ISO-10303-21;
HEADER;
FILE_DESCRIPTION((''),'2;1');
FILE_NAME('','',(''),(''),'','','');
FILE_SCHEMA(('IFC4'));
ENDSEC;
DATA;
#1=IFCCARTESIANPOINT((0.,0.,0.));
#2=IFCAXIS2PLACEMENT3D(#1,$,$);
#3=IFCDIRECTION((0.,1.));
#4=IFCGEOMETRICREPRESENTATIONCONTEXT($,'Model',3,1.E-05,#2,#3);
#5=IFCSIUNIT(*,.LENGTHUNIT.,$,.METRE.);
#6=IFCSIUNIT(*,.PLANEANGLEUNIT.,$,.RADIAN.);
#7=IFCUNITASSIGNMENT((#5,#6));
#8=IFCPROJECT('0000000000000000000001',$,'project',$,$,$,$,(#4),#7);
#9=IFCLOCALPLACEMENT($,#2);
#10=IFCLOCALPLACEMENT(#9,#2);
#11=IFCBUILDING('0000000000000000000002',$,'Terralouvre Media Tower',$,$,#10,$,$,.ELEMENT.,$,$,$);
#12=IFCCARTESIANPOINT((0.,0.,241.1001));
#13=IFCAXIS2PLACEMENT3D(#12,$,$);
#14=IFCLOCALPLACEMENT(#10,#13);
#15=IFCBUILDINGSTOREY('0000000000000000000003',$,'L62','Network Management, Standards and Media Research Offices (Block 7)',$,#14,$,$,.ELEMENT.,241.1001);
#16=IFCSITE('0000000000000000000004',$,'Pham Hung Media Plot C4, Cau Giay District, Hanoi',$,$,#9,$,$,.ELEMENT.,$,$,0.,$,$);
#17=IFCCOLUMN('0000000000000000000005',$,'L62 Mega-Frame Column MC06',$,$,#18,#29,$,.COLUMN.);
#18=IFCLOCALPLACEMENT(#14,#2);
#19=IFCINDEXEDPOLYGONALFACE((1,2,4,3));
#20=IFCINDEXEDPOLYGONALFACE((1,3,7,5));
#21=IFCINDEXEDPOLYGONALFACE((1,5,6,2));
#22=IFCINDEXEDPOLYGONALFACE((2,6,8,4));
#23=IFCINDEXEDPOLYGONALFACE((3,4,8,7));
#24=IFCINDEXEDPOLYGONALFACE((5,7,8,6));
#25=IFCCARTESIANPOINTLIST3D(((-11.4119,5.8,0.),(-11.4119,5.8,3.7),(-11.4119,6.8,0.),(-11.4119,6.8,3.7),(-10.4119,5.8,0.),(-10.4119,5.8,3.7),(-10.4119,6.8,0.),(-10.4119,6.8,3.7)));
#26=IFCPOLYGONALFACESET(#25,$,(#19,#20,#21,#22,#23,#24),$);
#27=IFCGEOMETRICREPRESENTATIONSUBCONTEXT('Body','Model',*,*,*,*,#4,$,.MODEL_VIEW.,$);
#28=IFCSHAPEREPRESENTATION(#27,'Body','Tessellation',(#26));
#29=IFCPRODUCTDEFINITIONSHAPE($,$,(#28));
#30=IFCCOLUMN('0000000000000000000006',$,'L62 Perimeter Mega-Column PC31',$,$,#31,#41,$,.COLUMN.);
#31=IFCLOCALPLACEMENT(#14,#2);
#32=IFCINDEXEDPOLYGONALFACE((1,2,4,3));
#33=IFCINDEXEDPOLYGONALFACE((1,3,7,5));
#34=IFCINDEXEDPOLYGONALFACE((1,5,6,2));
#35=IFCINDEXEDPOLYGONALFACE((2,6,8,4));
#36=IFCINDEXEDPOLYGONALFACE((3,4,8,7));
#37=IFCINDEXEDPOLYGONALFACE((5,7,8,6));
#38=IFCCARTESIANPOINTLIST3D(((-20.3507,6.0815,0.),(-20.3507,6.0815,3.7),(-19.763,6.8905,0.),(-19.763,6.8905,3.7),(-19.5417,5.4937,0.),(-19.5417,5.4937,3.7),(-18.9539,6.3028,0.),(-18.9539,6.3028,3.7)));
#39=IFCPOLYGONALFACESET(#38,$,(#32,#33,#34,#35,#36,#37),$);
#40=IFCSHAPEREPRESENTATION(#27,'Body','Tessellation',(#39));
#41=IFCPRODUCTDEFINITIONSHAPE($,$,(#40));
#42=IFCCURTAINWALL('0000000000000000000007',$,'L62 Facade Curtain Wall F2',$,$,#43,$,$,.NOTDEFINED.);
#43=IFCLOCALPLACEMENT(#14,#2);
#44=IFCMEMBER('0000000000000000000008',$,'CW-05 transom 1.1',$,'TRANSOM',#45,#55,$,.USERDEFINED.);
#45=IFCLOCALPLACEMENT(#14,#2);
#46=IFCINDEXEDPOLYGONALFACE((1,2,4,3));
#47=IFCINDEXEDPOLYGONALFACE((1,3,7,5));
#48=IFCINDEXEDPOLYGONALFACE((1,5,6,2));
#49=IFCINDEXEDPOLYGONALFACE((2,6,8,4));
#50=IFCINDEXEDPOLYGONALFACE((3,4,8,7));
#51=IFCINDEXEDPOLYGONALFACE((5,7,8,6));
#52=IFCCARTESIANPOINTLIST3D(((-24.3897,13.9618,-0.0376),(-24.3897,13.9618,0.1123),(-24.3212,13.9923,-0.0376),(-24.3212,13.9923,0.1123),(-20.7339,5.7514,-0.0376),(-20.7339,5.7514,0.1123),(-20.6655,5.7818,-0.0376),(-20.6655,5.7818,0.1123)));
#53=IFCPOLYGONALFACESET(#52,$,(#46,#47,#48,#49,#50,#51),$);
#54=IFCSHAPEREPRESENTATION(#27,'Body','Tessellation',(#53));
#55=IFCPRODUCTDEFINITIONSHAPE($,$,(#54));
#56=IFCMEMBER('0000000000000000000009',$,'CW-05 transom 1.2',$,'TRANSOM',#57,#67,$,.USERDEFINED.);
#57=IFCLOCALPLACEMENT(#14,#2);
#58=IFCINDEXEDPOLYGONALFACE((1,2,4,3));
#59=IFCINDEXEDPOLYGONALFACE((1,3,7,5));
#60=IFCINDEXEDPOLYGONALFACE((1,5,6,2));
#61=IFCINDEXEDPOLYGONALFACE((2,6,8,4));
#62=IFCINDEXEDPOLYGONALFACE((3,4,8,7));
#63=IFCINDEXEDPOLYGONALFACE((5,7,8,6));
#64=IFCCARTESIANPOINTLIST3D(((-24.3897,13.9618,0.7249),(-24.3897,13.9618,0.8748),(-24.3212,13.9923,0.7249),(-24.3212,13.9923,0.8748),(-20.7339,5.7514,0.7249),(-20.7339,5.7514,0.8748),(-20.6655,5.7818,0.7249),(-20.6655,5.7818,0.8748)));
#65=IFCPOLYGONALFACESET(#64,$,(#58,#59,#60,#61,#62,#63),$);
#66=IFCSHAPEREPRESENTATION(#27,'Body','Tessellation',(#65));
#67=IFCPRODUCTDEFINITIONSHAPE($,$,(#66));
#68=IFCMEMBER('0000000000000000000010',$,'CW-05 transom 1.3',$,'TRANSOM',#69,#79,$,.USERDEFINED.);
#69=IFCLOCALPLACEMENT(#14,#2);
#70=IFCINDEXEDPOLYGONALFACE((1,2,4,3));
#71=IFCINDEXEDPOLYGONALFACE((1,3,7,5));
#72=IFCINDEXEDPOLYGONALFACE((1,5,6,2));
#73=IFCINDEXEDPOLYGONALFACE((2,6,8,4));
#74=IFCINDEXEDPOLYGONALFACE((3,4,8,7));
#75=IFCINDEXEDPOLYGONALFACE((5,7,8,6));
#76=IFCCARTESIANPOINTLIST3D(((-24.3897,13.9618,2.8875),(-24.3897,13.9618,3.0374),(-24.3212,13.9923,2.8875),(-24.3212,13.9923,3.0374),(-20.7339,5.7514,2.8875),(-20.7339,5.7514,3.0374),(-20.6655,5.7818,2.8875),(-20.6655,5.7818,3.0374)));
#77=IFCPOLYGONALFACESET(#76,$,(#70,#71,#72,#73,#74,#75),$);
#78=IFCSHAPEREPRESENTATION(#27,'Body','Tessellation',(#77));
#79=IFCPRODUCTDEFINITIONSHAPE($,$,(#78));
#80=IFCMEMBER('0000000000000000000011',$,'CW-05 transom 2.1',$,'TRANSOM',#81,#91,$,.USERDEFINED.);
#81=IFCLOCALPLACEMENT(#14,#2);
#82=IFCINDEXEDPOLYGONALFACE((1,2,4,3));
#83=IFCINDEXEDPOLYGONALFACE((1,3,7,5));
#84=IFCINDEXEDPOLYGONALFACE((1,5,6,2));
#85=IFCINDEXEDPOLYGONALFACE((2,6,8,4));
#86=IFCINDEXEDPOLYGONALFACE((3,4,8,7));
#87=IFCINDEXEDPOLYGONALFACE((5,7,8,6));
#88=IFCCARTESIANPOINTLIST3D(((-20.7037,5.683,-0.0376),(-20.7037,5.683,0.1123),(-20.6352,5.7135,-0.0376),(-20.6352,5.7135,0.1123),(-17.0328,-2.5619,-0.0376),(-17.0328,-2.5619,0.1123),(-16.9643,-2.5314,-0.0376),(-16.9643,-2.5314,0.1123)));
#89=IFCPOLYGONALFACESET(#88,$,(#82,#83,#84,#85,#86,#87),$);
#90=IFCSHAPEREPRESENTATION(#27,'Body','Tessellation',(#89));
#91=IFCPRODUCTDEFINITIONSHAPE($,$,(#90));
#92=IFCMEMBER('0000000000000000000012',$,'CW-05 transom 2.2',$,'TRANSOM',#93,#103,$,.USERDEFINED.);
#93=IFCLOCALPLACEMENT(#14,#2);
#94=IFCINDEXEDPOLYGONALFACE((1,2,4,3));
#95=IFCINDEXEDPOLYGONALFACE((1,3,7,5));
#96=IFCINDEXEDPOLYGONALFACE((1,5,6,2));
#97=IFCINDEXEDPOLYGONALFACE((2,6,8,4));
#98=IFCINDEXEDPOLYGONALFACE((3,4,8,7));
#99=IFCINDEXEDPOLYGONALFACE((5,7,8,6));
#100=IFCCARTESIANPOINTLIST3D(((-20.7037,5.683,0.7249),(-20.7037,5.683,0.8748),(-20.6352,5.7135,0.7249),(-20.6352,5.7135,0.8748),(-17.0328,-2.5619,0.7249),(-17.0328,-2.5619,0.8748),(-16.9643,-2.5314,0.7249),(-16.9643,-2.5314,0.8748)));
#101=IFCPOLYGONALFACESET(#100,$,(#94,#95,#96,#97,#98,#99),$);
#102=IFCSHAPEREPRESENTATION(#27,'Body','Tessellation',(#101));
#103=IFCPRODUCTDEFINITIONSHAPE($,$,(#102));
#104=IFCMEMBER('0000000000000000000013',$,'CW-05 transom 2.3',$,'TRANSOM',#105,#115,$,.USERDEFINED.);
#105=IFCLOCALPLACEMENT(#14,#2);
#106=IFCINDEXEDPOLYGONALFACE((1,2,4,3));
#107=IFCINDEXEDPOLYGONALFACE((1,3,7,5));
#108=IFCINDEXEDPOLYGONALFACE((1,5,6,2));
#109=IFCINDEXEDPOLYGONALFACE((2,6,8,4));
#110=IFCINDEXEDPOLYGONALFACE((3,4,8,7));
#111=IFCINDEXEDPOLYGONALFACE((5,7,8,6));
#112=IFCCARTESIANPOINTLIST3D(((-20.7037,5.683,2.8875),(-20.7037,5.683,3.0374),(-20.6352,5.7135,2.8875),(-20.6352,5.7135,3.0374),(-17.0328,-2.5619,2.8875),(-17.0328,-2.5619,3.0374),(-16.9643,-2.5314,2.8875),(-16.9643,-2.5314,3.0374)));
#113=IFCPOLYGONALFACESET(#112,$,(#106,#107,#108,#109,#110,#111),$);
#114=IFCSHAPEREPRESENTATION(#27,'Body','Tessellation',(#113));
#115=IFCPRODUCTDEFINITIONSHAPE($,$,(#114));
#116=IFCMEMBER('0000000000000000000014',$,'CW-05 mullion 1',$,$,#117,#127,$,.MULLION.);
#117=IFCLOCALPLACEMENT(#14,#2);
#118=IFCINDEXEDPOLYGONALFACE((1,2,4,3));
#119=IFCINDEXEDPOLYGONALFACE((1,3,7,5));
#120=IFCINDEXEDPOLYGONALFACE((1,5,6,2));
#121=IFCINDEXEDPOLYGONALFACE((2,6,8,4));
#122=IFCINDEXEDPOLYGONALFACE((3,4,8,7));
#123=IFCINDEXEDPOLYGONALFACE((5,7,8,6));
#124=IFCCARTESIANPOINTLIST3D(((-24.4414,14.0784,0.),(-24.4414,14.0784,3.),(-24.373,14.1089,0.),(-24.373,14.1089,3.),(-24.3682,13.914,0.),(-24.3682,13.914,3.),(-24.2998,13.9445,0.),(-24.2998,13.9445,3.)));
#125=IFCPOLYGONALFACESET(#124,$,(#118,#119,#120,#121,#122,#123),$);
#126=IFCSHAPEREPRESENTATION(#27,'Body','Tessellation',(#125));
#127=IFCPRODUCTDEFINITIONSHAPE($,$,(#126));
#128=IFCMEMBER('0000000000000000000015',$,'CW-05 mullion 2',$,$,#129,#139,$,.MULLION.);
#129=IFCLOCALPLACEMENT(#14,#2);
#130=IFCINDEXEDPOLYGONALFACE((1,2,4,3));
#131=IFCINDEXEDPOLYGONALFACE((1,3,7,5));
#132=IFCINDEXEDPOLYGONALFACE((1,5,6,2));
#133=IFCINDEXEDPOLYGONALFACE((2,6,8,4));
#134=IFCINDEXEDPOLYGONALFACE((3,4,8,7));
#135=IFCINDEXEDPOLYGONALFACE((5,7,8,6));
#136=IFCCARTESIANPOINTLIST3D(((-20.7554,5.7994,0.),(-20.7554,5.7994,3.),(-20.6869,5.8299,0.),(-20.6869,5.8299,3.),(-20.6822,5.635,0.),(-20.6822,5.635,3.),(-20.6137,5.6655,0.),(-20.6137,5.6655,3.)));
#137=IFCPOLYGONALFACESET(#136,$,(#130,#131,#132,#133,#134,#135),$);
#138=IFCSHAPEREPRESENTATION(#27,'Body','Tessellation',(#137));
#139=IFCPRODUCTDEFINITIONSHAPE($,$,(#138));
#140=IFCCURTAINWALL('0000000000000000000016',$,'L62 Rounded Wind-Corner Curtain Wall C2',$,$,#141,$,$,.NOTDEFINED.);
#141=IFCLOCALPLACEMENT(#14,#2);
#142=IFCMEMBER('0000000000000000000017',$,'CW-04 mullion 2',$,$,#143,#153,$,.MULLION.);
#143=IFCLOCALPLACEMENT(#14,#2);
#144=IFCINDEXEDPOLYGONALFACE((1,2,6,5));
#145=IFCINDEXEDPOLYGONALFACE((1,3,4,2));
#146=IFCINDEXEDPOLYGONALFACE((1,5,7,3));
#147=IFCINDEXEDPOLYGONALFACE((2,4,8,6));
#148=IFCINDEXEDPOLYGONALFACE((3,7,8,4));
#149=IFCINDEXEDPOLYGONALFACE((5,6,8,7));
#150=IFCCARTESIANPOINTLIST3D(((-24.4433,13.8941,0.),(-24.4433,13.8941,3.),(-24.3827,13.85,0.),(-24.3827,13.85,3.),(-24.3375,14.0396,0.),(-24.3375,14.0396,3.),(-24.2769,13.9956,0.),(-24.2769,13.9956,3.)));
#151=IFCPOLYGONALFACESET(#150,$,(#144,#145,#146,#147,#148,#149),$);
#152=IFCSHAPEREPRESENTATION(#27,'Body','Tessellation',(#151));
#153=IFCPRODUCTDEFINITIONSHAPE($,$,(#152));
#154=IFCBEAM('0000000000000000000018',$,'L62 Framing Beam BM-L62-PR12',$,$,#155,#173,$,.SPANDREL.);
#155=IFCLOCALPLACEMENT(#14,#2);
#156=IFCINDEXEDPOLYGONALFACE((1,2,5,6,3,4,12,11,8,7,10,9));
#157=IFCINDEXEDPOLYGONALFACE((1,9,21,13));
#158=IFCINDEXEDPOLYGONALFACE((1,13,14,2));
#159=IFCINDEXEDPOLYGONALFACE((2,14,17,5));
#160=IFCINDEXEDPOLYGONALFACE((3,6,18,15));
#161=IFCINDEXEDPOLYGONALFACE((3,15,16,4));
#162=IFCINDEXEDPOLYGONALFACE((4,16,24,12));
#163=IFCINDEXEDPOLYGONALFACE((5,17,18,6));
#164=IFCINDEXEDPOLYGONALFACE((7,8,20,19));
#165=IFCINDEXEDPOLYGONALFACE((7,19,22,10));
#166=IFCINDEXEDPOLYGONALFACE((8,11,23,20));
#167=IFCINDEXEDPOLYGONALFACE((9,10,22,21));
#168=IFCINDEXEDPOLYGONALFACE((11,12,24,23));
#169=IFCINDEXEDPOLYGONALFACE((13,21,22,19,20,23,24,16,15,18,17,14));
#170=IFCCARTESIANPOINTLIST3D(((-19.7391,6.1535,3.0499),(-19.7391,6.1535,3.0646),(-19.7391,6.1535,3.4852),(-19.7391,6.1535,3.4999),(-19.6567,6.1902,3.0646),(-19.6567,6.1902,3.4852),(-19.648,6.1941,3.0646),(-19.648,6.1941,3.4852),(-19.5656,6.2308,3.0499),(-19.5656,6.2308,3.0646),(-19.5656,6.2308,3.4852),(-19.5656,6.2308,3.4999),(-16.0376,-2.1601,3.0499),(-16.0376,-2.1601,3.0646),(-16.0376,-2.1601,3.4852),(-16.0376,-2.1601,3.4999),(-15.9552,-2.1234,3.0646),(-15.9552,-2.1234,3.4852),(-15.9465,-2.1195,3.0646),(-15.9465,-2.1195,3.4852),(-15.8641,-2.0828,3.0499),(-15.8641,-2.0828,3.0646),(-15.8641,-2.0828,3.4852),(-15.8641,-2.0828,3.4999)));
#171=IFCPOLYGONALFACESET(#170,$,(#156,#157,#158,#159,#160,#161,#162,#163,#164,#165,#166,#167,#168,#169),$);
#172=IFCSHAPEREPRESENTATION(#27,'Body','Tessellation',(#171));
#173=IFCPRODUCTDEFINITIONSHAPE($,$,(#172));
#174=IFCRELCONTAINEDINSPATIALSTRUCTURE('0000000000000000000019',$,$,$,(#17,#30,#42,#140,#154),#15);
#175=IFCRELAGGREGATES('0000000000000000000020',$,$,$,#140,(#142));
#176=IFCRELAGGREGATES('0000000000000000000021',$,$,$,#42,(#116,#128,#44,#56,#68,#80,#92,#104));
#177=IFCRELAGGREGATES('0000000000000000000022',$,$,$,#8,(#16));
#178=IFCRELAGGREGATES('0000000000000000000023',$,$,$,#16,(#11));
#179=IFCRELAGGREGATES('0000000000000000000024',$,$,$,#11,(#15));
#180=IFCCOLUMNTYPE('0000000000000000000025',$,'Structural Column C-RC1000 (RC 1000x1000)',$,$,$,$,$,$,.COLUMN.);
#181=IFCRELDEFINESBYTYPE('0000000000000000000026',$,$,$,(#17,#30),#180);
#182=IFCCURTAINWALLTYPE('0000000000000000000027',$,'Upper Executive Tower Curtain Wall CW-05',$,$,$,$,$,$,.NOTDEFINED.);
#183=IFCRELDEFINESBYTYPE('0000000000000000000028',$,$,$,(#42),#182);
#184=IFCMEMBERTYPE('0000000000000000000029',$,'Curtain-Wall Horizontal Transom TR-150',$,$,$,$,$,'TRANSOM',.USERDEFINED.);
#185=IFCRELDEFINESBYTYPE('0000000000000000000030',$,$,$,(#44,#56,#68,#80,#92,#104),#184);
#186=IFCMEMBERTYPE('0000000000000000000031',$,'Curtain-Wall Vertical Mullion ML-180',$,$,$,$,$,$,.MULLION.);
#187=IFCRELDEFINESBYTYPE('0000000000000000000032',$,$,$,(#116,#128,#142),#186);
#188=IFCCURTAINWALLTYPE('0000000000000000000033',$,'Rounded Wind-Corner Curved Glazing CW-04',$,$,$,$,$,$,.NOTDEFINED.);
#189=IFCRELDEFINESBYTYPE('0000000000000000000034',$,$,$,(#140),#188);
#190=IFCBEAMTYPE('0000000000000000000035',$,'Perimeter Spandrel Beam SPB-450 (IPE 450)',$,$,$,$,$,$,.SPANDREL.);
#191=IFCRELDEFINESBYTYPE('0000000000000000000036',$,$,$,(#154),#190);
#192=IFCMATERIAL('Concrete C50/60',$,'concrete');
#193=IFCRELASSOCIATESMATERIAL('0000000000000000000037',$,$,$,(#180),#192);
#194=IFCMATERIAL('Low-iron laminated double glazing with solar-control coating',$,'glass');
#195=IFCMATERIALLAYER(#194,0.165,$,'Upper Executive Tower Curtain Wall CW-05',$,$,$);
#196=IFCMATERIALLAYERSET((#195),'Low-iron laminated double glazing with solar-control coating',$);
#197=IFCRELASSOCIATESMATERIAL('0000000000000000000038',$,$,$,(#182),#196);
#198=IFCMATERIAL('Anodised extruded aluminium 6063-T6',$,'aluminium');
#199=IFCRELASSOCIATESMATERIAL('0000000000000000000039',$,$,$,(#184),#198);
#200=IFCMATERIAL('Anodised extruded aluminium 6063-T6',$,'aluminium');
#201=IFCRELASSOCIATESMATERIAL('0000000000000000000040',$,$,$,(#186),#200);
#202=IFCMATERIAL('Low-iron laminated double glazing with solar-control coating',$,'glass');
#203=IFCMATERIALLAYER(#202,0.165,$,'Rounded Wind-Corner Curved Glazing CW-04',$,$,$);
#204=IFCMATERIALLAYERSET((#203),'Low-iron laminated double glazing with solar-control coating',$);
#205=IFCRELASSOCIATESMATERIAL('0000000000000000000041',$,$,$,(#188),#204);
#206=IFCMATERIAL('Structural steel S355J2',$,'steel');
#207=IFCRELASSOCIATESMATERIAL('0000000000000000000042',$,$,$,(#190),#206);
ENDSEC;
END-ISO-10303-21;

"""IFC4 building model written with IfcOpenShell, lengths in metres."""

from ifc_helpers import new_model, si_unit, direction, frame, origin, origin_2d, place, context, subcontext, project, spatial, rectangle, i_section, extrude, material, layer, layer_set, material_profile, profile_set, type_object, element, aggregate, save


model = new_model("IFC4")

# Units and contexts
model_context = context("Model", 3, precision=1e-05, world=origin(), true_north=direction((0.0, 1.0)))
body_context = subcontext(model_context, "Body", "Model", "MODEL_VIEW")
ifc_project = project(units=[si_unit("LENGTHUNIT", "METRE"), si_unit("PLANEANGLEUNIT", "RADIAN")], contexts=[model_context])

# Site, building, storey
site_placement = place(None, origin())
site = spatial("IfcSite", under=ifc_project, at=site_placement, Name="Pham Hung Media Plot C4, Cau Giay District, Hanoi", CompositionType="ELEMENT", RefElevation=0.0)
building_placement = place(site_placement, origin())
building = spatial("IfcBuilding", under=site, at=building_placement, Name="Terralouvre Media Tower", CompositionType="ELEMENT")
storey_placement = place(building_placement, frame((0.0, 0.0, 241.1001)))
storey = spatial("IfcBuildingStorey", under=building, at=storey_placement, Name="L62", Description="Network Management, Standards and Media Research Offices (Block 7)", CompositionType="ELEMENT", Elevation=241.1001)

# Columns
ifc_material_1 = material(Name="Concrete C50/60", Category="concrete")
ifc_material_profile_1 = material_profile(ifc_material_1, rectangle(XDim=1.0, YDim=1.0, at=origin_2d()), Name="RC 1000x1000")
ifc_profile_set_1 = profile_set([ifc_material_profile_1], Name="Concrete C50/60")
column_type = type_object("IfcColumnType", Name="Structural Column C-RC1000 (RC 1000x1000)", PredefinedType="COLUMN", material=ifc_profile_set_1)
for number, where, z_axis, x_axis, name in (
    (1, (-10.9119, 6.3, 0.0), (0.0, 0.0, 1.0), (1.0, 0.0, 0.0), "L62 Mega-Frame Column MC06"),
    (2, (-19.6523, 6.1921, 0.0), (0.0, 0.0, 1.0), (0.587785, 0.809017, 0.0), "L62 Perimeter Mega-Column PC31"),
):
    element("IfcColumn", number, at=place(storey_placement, frame(where, z_axis=z_axis, x_axis=x_axis)), inside=storey, type_object=column_type, Name=name, PredefinedType="COLUMN", context=body_context, shape_type="SweptSolid", body=[
        extrude(rectangle(XDim=1.0, YDim=1.0, at=origin_2d()), origin(), (0.0, 0.0, 1.0), 3.7),
    ])

# Curtain wall, members
ifc_material_2 = material(Name="Low-iron laminated double glazing with solar-control coating", Category="glass")
ifc_layer_1 = layer(ifc_material_2, 0.165, Name="Upper Executive Tower Curtain Wall CW-05")
ifc_layer_set_1 = layer_set([ifc_layer_1], Name="Low-iron laminated double glazing with solar-control coating")
curtain_wall_type_1 = type_object("IfcCurtainWallType", Name="Upper Executive Tower Curtain Wall CW-05", PredefinedType="NOTDEFINED", material=ifc_layer_set_1)
curtain_wall_1_placement = place(storey_placement, origin())
curtain_wall_1 = element("IfcCurtainWall", 3, at=curtain_wall_1_placement, inside=storey, type_object=curtain_wall_type_1, Name="L62 Facade Curtain Wall F2", PredefinedType="NOTDEFINED")
ifc_material_3 = material(Name="Anodised extruded aluminium 6063-T6", Category="aluminium")
ifc_material_profile_2 = material_profile(ifc_material_3, rectangle(XDim=0.075, YDim=0.1499, at=origin_2d()), Name="ALU 75x150")
ifc_profile_set_2 = profile_set([ifc_material_profile_2], Name="Anodised extruded aluminium 6063-T6")
member_type_1 = type_object("IfcMemberType", Name="Curtain-Wall Horizontal Transom TR-150", ElementType="TRANSOM", PredefinedType="USERDEFINED", material=ifc_profile_set_2)
member_1_placement = place(storey_placement, frame((-24.3555, 13.9771, 0.0374), z_axis=(0.406758, -0.913536, 0.0), x_axis=(0.913536, 0.406758, 0.0)))
member_1 = element("IfcMember", 4, at=member_1_placement, type_object=member_type_1, Name="CW-05 transom 1.1", ObjectType="TRANSOM", PredefinedType="USERDEFINED", context=body_context, shape_type="SweptSolid", body=[
    extrude(rectangle(XDim=0.075, YDim=0.1499, at=origin_2d()), origin(), (0.0, 0.0, 1.0), 8.9875),
])
member_2_placement = place(storey_placement, frame((-24.3555, 13.9771, 0.7998), z_axis=(0.406758, -0.913536, 0.0), x_axis=(0.913536, 0.406758, 0.0)))
member_2 = element("IfcMember", 5, at=member_2_placement, type_object=member_type_1, Name="CW-05 transom 1.2", ObjectType="TRANSOM", PredefinedType="USERDEFINED", context=body_context, shape_type="SweptSolid", body=[
    extrude(rectangle(XDim=0.075, YDim=0.1499, at=origin_2d()), origin(), (0.0, 0.0, 1.0), 8.9875),
])
member_3_placement = place(storey_placement, frame((-24.3555, 13.9771, 2.9624), z_axis=(0.406758, -0.913536, 0.0), x_axis=(0.913536, 0.406758, 0.0)))
member_3 = element("IfcMember", 6, at=member_3_placement, type_object=member_type_1, Name="CW-05 transom 1.3", ObjectType="TRANSOM", PredefinedType="USERDEFINED", context=body_context, shape_type="SweptSolid", body=[
    extrude(rectangle(XDim=0.075, YDim=0.1499, at=origin_2d()), origin(), (0.0, 0.0, 1.0), 8.9875),
])
member_4_placement = place(storey_placement, frame((-20.6694, 5.6982, 0.0374), z_axis=(0.406741, -0.913544, 0.0), x_axis=(0.913544, 0.406741, 0.0)))
member_4 = element("IfcMember", 7, at=member_4_placement, type_object=member_type_1, Name="CW-05 transom 2.1", ObjectType="TRANSOM", PredefinedType="USERDEFINED", context=body_context, shape_type="SweptSolid", body=[
    extrude(rectangle(XDim=0.075, YDim=0.1499, at=origin_2d()), origin(), (0.0, 0.0, 1.0), 9.0251),
])
member_5_placement = place(storey_placement, frame((-20.6694, 5.6982, 0.7998), z_axis=(0.406741, -0.913544, 0.0), x_axis=(0.913544, 0.406741, 0.0)))
member_5 = element("IfcMember", 8, at=member_5_placement, type_object=member_type_1, Name="CW-05 transom 2.2", ObjectType="TRANSOM", PredefinedType="USERDEFINED", context=body_context, shape_type="SweptSolid", body=[
    extrude(rectangle(XDim=0.075, YDim=0.1499, at=origin_2d()), origin(), (0.0, 0.0, 1.0), 9.0251),
])
member_6_placement = place(storey_placement, frame((-20.6694, 5.6982, 2.9624), z_axis=(0.406741, -0.913544, 0.0), x_axis=(0.913544, 0.406741, 0.0)))
member_6 = element("IfcMember", 9, at=member_6_placement, type_object=member_type_1, Name="CW-05 transom 2.3", ObjectType="TRANSOM", PredefinedType="USERDEFINED", context=body_context, shape_type="SweptSolid", body=[
    extrude(rectangle(XDim=0.075, YDim=0.1499, at=origin_2d()), origin(), (0.0, 0.0, 1.0), 9.0251),
])
ifc_material_4 = material(Name="Anodised extruded aluminium 6063-T6", Category="aluminium")
ifc_material_profile_3 = material_profile(ifc_material_4, rectangle(XDim=0.075, YDim=0.1799, at=origin_2d()), Name="ALU 75x180")
ifc_profile_set_3 = profile_set([ifc_material_profile_3], Name="Anodised extruded aluminium 6063-T6")
member_type_2 = type_object("IfcMemberType", Name="Curtain-Wall Vertical Mullion ML-180", PredefinedType="MULLION", material=ifc_profile_set_3)
member_7_placement = place(storey_placement, frame((-24.3706, 14.0115, 0.0), z_axis=(0.0, 0.0, 1.0), x_axis=(0.913545, 0.406737, 0.0)))
member_7 = element("IfcMember", 10, at=member_7_placement, type_object=member_type_2, Name="CW-05 mullion 1", PredefinedType="MULLION", context=body_context, shape_type="SweptSolid", body=[
    extrude(rectangle(XDim=0.075, YDim=0.1799, at=origin_2d()), origin(), (0.0, 0.0, 1.0), 3.0),
])
member_8_placement = place(storey_placement, frame((-20.6846, 5.7324, 0.0), z_axis=(0.0, 0.0, 1.0), x_axis=(0.913545, 0.406737, 0.0)))
member_8 = element("IfcMember", 11, at=member_8_placement, type_object=member_type_2, Name="CW-05 mullion 2", PredefinedType="MULLION", context=body_context, shape_type="SweptSolid", body=[
    extrude(rectangle(XDim=0.075, YDim=0.1799, at=origin_2d()), origin(), (0.0, 0.0, 1.0), 3.0),
])

# Curtain wall, member
ifc_material_5 = material(Name="Low-iron laminated double glazing with solar-control coating", Category="glass")
ifc_layer_2 = layer(ifc_material_5, 0.165, Name="Rounded Wind-Corner Curved Glazing CW-04")
ifc_layer_set_2 = layer_set([ifc_layer_2], Name="Low-iron laminated double glazing with solar-control coating")
curtain_wall_type_2 = type_object("IfcCurtainWallType", Name="Rounded Wind-Corner Curved Glazing CW-04", PredefinedType="NOTDEFINED", material=ifc_layer_set_2)
curtain_wall_2_placement = place(storey_placement, origin())
curtain_wall_2 = element("IfcCurtainWall", 12, at=curtain_wall_2_placement, inside=storey, type_object=curtain_wall_type_2, Name="L62 Rounded Wind-Corner Curtain Wall C2", PredefinedType="NOTDEFINED")
member_9_placement = place(storey_placement, frame((-24.3601, 13.9448, 0.0), z_axis=(0.0, 0.0, 1.0), x_axis=(0.809017, -0.587786, 0.0)))
member_9 = element("IfcMember", 13, at=member_9_placement, type_object=member_type_2, Name="CW-04 mullion 2", PredefinedType="MULLION", context=body_context, shape_type="SweptSolid", body=[
    extrude(rectangle(XDim=0.075, YDim=0.1799, at=origin_2d()), origin(), (0.0, 0.0, 1.0), 3.0),
])
aggregate(curtain_wall_2, [member_9])

# Beam
ifc_material_6 = material(Name="Structural steel S355J2", Category="steel")
ifc_material_profile_4 = material_profile(ifc_material_6, i_section(OverallWidth=0.1899, OverallDepth=0.45, WebThickness=0.0095, FlangeThickness=0.0146, at=origin_2d()), Name="IPE 450")
ifc_profile_set_4 = profile_set([ifc_material_profile_4], Name="Structural steel S355J2")
beam_type_1 = type_object("IfcBeamType", Name="Perimeter Spandrel Beam SPB-450 (IPE 450)", PredefinedType="SPANDREL", material=ifc_profile_set_4)
beam_1_placement = place(storey_placement, frame((-19.6523, 6.1921, 3.2749), z_axis=(0.406738, -0.913545, 0.0), x_axis=(0.913545, 0.406738, 0.0)))
element("IfcBeam", 14, at=beam_1_placement, inside=storey, type_object=beam_type_1, Name="L62 Framing Beam BM-L62-PR12", PredefinedType="SPANDREL", context=body_context, shape_type="SweptSolid", body=[
    extrude(i_section(OverallWidth=0.1899, OverallDepth=0.45, WebThickness=0.0095, FlangeThickness=0.0146, at=origin_2d()), origin(), (0.0, 0.0, 1.0), 9.1003),
])

aggregate(curtain_wall_1, [member_7, member_8, member_1, member_2, member_3, member_4, member_5, member_6])

save(model, "model.ifc")
